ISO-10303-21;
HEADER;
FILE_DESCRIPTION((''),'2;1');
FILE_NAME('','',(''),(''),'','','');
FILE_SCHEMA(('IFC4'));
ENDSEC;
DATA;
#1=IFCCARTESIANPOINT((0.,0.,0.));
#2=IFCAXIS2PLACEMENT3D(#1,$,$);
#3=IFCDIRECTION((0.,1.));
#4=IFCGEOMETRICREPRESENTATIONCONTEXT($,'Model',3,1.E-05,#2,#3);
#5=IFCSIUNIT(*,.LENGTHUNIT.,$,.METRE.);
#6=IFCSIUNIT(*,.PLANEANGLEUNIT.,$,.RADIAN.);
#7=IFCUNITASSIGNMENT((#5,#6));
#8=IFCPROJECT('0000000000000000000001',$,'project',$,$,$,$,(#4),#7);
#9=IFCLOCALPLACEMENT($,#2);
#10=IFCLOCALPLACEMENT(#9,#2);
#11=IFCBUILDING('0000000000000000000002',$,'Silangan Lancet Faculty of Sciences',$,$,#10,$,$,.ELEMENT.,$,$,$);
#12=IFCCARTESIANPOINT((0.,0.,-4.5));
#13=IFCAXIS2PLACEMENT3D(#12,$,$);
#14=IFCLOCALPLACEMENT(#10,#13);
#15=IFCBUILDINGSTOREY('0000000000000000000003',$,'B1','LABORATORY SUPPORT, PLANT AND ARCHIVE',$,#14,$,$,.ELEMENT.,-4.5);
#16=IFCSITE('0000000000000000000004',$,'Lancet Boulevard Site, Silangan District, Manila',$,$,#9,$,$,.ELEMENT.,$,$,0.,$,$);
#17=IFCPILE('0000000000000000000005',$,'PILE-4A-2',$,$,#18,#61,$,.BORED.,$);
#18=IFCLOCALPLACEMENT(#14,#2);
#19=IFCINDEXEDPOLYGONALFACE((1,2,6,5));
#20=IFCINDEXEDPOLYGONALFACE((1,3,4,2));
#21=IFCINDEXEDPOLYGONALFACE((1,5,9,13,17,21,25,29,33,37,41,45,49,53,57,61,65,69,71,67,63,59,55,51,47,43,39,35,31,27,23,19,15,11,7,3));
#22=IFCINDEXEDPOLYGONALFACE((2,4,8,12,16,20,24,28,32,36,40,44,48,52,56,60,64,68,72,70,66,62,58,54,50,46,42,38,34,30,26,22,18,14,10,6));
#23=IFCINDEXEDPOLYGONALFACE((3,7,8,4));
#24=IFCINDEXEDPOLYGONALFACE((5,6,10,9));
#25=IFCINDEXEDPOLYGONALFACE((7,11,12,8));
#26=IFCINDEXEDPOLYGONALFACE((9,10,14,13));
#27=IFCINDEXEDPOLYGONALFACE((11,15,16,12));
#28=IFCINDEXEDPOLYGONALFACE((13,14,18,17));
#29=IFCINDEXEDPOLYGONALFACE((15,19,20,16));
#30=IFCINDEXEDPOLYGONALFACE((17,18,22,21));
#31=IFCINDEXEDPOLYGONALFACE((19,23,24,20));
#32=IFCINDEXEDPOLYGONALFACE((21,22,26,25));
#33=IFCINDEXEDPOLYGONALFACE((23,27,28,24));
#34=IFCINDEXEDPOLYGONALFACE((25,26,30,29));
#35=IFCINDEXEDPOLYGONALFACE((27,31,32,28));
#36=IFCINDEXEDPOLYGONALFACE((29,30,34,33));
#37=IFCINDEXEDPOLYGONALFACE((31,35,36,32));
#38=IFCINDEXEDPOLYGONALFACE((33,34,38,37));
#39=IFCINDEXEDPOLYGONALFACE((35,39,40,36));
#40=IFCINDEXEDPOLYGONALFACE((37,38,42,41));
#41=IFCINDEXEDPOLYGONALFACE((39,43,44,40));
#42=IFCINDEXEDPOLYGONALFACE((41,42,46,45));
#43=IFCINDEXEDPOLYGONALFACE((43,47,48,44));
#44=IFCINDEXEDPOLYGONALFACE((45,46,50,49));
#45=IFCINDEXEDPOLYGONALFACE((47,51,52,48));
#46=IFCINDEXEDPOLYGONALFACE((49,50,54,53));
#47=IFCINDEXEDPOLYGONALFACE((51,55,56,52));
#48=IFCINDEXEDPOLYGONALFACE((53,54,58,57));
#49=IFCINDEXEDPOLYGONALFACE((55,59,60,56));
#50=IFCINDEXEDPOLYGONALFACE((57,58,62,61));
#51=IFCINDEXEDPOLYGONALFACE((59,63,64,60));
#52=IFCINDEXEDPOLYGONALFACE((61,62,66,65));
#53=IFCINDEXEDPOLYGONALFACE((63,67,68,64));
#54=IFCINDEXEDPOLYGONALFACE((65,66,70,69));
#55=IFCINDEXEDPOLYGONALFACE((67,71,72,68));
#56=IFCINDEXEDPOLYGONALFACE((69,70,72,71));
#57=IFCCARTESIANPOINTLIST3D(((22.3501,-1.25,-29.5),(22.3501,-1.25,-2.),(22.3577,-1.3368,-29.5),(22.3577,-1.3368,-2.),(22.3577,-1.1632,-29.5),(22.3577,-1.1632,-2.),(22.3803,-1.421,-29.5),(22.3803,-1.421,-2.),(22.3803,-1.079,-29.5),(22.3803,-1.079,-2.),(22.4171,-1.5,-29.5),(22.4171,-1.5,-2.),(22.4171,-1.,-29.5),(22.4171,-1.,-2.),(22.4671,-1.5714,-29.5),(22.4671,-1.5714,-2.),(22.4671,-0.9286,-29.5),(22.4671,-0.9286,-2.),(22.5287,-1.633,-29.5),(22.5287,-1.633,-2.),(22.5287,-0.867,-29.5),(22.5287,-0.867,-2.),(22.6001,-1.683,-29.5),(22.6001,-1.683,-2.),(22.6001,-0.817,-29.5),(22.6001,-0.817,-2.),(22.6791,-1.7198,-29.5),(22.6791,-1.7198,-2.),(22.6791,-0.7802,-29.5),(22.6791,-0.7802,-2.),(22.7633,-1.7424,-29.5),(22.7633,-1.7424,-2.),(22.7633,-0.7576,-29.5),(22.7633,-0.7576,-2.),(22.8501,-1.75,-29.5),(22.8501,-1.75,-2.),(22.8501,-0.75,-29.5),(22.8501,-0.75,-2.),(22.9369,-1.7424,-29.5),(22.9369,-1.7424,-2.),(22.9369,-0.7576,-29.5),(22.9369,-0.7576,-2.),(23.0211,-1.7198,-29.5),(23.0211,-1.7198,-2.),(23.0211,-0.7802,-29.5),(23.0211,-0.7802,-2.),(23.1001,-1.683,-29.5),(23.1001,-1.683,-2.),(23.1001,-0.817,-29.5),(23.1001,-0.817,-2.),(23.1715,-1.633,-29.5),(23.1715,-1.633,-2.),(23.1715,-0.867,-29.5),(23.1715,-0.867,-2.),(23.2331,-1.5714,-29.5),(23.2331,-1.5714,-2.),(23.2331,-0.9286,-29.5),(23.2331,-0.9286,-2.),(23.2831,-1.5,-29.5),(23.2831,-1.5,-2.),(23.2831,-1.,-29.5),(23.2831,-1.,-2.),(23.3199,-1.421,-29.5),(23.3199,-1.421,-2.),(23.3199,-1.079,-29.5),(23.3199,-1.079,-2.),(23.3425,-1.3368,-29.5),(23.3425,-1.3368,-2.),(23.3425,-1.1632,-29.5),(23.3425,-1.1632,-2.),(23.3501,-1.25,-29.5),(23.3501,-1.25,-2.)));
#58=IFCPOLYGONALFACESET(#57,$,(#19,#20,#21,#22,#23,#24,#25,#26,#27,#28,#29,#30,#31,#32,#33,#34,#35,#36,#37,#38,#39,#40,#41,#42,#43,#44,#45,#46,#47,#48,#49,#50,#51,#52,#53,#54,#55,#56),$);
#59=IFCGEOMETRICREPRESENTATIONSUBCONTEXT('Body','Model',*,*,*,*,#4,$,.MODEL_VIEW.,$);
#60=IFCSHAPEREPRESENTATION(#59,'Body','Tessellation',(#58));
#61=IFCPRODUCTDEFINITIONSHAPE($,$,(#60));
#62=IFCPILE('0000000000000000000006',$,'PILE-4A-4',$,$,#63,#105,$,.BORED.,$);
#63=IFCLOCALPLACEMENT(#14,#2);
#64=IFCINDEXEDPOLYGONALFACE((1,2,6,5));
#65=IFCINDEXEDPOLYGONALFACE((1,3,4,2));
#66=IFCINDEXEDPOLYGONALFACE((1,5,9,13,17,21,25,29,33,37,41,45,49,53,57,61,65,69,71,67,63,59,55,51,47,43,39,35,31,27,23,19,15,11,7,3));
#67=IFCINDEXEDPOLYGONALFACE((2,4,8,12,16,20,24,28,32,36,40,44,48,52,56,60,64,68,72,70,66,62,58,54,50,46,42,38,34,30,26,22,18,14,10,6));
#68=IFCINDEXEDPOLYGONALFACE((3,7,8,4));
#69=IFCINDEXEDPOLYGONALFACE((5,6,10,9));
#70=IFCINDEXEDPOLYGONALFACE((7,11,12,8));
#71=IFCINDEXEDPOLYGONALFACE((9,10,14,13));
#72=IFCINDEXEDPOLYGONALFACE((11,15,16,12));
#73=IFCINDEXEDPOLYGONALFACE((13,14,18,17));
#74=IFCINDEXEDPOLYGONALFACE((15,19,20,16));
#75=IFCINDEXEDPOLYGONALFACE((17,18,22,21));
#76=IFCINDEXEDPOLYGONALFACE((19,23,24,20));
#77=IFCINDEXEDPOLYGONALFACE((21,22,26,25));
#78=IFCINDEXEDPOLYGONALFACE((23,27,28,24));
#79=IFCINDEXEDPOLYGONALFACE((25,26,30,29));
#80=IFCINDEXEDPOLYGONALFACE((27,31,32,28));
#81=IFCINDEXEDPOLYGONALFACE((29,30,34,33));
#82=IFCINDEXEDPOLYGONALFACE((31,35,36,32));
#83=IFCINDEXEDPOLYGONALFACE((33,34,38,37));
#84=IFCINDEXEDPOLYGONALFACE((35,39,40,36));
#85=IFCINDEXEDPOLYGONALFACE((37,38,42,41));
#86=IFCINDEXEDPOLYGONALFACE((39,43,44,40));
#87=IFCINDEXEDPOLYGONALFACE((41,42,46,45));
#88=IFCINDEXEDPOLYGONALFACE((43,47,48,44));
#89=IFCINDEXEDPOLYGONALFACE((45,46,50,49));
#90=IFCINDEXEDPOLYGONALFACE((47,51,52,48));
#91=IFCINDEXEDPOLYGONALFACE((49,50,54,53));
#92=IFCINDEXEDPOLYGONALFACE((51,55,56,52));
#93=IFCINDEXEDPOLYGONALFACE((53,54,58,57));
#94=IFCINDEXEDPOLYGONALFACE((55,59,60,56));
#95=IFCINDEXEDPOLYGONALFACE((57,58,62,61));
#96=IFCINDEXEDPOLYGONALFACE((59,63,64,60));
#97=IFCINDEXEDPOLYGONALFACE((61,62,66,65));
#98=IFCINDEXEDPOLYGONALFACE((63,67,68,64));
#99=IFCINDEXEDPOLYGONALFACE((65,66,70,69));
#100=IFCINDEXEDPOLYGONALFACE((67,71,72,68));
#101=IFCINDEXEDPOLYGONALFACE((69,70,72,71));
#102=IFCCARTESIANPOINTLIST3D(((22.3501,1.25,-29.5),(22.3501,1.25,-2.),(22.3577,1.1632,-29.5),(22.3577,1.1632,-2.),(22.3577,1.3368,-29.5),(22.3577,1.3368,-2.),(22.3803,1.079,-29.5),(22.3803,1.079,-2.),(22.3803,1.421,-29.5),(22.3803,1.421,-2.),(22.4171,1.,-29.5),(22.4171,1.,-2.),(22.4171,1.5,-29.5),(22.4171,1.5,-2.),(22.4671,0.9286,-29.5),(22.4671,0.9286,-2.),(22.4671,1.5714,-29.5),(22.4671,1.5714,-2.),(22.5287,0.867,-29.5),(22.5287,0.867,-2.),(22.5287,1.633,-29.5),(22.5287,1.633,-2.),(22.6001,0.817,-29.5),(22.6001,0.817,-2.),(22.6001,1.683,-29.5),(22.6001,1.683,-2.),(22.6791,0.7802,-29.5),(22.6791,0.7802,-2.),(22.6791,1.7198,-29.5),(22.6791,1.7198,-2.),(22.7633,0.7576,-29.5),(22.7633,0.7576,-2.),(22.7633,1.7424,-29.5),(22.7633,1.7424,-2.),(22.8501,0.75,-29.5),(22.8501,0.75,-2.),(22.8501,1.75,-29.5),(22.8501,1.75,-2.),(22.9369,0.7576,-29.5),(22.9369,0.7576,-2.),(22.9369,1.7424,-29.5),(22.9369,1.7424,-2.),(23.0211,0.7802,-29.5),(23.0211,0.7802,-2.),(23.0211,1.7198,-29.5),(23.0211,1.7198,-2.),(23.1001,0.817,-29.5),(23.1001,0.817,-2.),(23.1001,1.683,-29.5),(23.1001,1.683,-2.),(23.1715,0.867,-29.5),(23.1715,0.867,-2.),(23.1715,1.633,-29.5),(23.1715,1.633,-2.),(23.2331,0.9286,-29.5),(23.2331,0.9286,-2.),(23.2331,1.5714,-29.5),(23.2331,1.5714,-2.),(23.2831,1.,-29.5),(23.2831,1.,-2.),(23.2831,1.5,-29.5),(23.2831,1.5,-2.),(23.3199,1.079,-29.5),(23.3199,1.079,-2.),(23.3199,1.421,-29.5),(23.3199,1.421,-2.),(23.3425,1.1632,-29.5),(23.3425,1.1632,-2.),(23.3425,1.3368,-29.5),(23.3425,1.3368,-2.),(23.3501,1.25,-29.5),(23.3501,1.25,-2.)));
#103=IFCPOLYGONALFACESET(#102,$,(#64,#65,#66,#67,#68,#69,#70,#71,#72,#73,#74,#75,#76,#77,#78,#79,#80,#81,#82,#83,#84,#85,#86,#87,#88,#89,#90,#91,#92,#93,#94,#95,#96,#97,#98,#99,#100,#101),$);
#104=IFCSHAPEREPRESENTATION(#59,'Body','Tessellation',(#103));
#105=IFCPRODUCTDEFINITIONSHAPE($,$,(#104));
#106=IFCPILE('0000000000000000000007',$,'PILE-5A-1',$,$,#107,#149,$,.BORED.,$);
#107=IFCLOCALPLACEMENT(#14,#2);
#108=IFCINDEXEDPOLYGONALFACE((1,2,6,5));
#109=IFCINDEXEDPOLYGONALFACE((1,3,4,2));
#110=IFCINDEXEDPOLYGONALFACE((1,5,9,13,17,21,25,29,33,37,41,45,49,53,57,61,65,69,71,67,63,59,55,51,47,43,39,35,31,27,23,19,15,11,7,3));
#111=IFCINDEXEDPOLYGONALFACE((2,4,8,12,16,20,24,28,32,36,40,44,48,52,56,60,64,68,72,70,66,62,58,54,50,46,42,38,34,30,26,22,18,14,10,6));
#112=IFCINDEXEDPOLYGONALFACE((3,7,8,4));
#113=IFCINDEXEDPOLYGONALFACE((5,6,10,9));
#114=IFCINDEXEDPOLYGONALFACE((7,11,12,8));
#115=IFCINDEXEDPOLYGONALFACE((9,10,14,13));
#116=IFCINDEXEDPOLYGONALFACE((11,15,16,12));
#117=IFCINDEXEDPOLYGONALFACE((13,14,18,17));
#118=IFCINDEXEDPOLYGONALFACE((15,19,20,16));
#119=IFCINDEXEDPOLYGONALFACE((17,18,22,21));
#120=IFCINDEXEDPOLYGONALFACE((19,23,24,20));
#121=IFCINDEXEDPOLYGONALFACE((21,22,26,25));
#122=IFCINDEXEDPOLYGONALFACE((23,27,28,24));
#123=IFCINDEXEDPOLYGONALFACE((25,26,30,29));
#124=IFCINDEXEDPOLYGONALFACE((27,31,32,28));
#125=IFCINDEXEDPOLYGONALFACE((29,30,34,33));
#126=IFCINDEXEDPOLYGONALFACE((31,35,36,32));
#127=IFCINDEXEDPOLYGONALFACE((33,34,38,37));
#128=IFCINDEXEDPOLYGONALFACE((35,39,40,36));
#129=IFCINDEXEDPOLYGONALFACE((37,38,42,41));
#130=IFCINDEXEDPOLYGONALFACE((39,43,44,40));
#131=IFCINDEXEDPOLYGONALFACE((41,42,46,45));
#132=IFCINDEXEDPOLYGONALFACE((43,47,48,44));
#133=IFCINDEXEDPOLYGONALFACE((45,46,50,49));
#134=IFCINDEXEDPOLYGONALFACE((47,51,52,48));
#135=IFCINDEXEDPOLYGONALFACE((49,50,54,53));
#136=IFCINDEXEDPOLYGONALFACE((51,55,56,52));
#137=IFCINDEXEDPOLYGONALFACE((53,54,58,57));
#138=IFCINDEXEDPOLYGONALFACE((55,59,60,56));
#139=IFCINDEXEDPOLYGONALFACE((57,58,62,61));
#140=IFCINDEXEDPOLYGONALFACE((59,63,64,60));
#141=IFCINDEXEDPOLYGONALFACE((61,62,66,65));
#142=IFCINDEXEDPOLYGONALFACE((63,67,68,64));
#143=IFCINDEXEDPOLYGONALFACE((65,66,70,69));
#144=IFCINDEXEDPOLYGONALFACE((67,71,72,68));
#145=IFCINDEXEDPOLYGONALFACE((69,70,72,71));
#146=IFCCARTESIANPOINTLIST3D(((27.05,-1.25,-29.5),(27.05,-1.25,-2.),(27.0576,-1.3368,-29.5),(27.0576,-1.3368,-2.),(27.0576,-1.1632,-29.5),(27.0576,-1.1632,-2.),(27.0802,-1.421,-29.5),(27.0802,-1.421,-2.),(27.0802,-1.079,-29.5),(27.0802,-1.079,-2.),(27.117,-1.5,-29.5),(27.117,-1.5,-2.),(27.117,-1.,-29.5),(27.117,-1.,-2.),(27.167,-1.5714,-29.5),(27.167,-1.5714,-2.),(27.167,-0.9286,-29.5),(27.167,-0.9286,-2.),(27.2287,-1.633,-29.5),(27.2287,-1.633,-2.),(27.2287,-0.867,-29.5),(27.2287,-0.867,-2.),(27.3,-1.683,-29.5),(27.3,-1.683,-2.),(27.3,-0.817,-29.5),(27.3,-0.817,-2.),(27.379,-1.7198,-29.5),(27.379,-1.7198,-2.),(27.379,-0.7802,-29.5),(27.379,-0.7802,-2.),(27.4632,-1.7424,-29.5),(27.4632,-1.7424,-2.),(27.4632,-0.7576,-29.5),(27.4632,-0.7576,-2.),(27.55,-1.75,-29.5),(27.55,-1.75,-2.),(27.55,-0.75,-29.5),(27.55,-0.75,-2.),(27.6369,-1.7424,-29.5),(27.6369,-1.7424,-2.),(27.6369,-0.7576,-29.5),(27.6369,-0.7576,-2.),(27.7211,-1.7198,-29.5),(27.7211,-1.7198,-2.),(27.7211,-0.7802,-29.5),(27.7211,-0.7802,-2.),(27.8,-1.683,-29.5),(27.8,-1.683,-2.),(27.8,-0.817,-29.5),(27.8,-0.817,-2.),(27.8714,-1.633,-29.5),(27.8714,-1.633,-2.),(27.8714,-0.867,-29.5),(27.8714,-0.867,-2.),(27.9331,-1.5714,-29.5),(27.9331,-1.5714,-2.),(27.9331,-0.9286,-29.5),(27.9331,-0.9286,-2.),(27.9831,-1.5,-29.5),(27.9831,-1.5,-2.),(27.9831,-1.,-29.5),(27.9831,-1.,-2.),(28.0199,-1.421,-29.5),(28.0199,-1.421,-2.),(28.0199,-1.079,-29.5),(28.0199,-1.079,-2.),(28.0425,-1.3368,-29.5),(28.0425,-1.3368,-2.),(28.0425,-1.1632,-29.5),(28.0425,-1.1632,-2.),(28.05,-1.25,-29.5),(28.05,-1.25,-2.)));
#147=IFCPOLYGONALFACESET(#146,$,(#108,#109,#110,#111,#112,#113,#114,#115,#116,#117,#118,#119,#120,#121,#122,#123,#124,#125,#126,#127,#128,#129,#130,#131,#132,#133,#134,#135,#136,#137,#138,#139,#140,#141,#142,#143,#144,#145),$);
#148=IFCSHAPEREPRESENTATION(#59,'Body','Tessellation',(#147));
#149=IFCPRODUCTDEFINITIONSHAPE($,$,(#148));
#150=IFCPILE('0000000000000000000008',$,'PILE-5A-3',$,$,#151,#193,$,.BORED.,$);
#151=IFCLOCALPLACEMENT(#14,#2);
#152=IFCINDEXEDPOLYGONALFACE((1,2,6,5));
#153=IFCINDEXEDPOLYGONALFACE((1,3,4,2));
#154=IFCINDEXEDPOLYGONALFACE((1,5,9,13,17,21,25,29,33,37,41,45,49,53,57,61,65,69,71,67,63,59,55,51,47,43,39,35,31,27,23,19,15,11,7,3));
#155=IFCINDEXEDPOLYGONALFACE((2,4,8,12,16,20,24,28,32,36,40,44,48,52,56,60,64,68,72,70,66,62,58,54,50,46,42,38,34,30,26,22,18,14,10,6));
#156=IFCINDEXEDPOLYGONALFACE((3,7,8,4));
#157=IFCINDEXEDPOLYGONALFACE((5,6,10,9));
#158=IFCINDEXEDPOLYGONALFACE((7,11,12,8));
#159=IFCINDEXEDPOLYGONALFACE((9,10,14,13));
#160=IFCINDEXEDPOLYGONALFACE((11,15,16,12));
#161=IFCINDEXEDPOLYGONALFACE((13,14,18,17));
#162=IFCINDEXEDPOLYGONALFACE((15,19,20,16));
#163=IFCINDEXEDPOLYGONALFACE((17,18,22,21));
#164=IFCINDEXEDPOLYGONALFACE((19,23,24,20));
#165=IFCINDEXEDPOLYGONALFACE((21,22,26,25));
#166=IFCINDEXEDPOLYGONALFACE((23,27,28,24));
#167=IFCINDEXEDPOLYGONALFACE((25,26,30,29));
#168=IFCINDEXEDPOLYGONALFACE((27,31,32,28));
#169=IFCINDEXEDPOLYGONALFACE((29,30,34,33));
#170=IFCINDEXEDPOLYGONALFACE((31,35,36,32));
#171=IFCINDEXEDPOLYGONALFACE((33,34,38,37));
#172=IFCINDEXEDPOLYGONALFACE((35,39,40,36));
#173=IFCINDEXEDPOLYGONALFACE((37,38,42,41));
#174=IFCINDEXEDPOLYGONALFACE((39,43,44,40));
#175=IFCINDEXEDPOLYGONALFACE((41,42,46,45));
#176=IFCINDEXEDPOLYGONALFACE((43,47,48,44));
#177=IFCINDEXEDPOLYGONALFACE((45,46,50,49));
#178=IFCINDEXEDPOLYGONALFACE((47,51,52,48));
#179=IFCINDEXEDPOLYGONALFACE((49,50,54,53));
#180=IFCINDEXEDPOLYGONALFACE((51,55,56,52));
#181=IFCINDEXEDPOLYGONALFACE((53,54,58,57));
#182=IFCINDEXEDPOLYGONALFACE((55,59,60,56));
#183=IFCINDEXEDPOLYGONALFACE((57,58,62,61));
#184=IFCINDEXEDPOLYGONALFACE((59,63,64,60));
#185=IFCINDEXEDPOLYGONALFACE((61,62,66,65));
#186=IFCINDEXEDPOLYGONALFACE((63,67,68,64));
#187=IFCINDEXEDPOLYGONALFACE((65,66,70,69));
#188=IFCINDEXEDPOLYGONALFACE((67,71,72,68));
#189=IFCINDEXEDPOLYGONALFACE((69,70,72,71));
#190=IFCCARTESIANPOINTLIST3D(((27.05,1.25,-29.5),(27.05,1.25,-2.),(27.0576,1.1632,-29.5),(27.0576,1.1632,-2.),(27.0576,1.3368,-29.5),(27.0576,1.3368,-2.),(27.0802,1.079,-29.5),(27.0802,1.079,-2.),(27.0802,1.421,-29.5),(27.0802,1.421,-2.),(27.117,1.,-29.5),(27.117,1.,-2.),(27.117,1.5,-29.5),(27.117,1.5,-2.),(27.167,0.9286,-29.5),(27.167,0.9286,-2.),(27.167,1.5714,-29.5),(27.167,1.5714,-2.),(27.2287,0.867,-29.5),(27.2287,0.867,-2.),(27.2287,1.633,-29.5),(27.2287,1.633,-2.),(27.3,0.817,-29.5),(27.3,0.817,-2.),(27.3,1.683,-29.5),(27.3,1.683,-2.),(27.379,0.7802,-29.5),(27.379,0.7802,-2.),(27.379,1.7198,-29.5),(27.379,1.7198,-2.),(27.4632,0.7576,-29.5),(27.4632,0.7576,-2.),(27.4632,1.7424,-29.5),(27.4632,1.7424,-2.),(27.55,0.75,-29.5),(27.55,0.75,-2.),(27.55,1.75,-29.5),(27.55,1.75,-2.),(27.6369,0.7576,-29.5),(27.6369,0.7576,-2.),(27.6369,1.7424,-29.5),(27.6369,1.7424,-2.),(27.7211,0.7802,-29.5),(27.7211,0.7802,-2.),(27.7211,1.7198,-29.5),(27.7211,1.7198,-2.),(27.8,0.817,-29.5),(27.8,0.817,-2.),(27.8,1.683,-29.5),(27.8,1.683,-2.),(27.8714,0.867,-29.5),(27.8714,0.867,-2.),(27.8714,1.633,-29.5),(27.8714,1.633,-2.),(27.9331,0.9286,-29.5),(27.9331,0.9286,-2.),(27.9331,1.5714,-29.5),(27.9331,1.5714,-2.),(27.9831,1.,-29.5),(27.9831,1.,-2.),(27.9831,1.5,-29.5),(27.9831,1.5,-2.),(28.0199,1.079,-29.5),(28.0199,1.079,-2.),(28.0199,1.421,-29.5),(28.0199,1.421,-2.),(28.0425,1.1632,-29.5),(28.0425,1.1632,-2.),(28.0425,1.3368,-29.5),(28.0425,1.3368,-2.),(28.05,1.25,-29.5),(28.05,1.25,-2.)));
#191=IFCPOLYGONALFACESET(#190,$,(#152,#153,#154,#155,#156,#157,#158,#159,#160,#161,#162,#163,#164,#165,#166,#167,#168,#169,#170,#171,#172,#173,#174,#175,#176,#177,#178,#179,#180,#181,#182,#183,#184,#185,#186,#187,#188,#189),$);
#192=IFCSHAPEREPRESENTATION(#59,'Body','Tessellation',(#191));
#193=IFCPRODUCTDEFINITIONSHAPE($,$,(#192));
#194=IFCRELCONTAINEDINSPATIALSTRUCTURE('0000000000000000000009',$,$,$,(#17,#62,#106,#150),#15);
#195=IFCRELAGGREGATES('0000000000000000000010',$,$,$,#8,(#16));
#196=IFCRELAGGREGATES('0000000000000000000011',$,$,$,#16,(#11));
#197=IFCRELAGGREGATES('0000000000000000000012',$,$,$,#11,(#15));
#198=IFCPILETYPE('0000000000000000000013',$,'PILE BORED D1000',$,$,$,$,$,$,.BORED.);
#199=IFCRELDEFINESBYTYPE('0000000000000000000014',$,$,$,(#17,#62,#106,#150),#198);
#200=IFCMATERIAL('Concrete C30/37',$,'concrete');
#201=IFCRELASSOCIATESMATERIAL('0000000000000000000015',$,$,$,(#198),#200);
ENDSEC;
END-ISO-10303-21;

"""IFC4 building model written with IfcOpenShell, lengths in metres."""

from ifc_helpers import new_model, si_unit, direction, frame, origin, origin_2d, place, context, subcontext, project, spatial, circle, extrude, material, material_profile, profile_set, type_object, element, save


model = new_model("IFC4")

# Units and contexts
model_context = context("Model", 3, precision=1e-05, world=origin(), true_north=direction((0.0, 1.0)))
body_context = subcontext(model_context, "Body", "Model", "MODEL_VIEW")
ifc_project = project(units=[si_unit("LENGTHUNIT", "METRE"), si_unit("PLANEANGLEUNIT", "RADIAN")], contexts=[model_context])

# Site, building, storey
site_placement = place(None, origin())
site = spatial("IfcSite", under=ifc_project, at=site_placement, Name="Lancet Boulevard Site, Silangan District, Manila", CompositionType="ELEMENT", RefElevation=0.0)
building_placement = place(site_placement, origin())
building = spatial("IfcBuilding", under=site, at=building_placement, Name="Silangan Lancet Faculty of Sciences", CompositionType="ELEMENT")
storey_placement = place(building_placement, frame((0.0, 0.0, -4.5)))
storey = spatial("IfcBuildingStorey", under=building, at=storey_placement, Name="B1", Description="LABORATORY SUPPORT, PLANT AND ARCHIVE", CompositionType="ELEMENT", Elevation=-4.5)

# Piles
ifc_material_1 = material(Name="Concrete C30/37", Category="concrete")
ifc_material_profile_1 = material_profile(ifc_material_1, circle(Radius=0.5, at=origin_2d()), Name="BORED PILE D1000")
ifc_profile_set_1 = profile_set([ifc_material_profile_1], Name="Concrete C30/37")
pile_type_1 = type_object("IfcPileType", Name="PILE BORED D1000", PredefinedType="BORED", material=ifc_profile_set_1)
for number, where, z_axis, x_axis, name in (
    (1, (22.8501, -1.25, -2.0), (0.0, 0.0, -1.0), (1.0, 0.0, 0.0), "PILE-4A-2"),
    (2, (22.8501, 1.25, -2.0), (0.0, 0.0, -1.0), (1.0, 0.0, 0.0), "PILE-4A-4"),
    (3, (27.55, -1.25, -2.0), (0.0, 0.0, -1.0), (1.0, 0.0, 0.0), "PILE-5A-1"),
    (4, (27.55, 1.25, -2.0), (0.0, 0.0, -1.0), (1.0, 0.0, 0.0), "PILE-5A-3"),
):
    element("IfcPile", number, at=place(storey_placement, frame(where, z_axis=z_axis, x_axis=x_axis)), inside=storey, type_object=pile_type_1, Name=name, PredefinedType="BORED", context=body_context, shape_type="SweptSolid", body=[
        extrude(circle(Radius=0.5, at=origin_2d()), origin(), (0.0, 0.0, 1.0), 27.5),
    ])

save(model, "model.ifc")
